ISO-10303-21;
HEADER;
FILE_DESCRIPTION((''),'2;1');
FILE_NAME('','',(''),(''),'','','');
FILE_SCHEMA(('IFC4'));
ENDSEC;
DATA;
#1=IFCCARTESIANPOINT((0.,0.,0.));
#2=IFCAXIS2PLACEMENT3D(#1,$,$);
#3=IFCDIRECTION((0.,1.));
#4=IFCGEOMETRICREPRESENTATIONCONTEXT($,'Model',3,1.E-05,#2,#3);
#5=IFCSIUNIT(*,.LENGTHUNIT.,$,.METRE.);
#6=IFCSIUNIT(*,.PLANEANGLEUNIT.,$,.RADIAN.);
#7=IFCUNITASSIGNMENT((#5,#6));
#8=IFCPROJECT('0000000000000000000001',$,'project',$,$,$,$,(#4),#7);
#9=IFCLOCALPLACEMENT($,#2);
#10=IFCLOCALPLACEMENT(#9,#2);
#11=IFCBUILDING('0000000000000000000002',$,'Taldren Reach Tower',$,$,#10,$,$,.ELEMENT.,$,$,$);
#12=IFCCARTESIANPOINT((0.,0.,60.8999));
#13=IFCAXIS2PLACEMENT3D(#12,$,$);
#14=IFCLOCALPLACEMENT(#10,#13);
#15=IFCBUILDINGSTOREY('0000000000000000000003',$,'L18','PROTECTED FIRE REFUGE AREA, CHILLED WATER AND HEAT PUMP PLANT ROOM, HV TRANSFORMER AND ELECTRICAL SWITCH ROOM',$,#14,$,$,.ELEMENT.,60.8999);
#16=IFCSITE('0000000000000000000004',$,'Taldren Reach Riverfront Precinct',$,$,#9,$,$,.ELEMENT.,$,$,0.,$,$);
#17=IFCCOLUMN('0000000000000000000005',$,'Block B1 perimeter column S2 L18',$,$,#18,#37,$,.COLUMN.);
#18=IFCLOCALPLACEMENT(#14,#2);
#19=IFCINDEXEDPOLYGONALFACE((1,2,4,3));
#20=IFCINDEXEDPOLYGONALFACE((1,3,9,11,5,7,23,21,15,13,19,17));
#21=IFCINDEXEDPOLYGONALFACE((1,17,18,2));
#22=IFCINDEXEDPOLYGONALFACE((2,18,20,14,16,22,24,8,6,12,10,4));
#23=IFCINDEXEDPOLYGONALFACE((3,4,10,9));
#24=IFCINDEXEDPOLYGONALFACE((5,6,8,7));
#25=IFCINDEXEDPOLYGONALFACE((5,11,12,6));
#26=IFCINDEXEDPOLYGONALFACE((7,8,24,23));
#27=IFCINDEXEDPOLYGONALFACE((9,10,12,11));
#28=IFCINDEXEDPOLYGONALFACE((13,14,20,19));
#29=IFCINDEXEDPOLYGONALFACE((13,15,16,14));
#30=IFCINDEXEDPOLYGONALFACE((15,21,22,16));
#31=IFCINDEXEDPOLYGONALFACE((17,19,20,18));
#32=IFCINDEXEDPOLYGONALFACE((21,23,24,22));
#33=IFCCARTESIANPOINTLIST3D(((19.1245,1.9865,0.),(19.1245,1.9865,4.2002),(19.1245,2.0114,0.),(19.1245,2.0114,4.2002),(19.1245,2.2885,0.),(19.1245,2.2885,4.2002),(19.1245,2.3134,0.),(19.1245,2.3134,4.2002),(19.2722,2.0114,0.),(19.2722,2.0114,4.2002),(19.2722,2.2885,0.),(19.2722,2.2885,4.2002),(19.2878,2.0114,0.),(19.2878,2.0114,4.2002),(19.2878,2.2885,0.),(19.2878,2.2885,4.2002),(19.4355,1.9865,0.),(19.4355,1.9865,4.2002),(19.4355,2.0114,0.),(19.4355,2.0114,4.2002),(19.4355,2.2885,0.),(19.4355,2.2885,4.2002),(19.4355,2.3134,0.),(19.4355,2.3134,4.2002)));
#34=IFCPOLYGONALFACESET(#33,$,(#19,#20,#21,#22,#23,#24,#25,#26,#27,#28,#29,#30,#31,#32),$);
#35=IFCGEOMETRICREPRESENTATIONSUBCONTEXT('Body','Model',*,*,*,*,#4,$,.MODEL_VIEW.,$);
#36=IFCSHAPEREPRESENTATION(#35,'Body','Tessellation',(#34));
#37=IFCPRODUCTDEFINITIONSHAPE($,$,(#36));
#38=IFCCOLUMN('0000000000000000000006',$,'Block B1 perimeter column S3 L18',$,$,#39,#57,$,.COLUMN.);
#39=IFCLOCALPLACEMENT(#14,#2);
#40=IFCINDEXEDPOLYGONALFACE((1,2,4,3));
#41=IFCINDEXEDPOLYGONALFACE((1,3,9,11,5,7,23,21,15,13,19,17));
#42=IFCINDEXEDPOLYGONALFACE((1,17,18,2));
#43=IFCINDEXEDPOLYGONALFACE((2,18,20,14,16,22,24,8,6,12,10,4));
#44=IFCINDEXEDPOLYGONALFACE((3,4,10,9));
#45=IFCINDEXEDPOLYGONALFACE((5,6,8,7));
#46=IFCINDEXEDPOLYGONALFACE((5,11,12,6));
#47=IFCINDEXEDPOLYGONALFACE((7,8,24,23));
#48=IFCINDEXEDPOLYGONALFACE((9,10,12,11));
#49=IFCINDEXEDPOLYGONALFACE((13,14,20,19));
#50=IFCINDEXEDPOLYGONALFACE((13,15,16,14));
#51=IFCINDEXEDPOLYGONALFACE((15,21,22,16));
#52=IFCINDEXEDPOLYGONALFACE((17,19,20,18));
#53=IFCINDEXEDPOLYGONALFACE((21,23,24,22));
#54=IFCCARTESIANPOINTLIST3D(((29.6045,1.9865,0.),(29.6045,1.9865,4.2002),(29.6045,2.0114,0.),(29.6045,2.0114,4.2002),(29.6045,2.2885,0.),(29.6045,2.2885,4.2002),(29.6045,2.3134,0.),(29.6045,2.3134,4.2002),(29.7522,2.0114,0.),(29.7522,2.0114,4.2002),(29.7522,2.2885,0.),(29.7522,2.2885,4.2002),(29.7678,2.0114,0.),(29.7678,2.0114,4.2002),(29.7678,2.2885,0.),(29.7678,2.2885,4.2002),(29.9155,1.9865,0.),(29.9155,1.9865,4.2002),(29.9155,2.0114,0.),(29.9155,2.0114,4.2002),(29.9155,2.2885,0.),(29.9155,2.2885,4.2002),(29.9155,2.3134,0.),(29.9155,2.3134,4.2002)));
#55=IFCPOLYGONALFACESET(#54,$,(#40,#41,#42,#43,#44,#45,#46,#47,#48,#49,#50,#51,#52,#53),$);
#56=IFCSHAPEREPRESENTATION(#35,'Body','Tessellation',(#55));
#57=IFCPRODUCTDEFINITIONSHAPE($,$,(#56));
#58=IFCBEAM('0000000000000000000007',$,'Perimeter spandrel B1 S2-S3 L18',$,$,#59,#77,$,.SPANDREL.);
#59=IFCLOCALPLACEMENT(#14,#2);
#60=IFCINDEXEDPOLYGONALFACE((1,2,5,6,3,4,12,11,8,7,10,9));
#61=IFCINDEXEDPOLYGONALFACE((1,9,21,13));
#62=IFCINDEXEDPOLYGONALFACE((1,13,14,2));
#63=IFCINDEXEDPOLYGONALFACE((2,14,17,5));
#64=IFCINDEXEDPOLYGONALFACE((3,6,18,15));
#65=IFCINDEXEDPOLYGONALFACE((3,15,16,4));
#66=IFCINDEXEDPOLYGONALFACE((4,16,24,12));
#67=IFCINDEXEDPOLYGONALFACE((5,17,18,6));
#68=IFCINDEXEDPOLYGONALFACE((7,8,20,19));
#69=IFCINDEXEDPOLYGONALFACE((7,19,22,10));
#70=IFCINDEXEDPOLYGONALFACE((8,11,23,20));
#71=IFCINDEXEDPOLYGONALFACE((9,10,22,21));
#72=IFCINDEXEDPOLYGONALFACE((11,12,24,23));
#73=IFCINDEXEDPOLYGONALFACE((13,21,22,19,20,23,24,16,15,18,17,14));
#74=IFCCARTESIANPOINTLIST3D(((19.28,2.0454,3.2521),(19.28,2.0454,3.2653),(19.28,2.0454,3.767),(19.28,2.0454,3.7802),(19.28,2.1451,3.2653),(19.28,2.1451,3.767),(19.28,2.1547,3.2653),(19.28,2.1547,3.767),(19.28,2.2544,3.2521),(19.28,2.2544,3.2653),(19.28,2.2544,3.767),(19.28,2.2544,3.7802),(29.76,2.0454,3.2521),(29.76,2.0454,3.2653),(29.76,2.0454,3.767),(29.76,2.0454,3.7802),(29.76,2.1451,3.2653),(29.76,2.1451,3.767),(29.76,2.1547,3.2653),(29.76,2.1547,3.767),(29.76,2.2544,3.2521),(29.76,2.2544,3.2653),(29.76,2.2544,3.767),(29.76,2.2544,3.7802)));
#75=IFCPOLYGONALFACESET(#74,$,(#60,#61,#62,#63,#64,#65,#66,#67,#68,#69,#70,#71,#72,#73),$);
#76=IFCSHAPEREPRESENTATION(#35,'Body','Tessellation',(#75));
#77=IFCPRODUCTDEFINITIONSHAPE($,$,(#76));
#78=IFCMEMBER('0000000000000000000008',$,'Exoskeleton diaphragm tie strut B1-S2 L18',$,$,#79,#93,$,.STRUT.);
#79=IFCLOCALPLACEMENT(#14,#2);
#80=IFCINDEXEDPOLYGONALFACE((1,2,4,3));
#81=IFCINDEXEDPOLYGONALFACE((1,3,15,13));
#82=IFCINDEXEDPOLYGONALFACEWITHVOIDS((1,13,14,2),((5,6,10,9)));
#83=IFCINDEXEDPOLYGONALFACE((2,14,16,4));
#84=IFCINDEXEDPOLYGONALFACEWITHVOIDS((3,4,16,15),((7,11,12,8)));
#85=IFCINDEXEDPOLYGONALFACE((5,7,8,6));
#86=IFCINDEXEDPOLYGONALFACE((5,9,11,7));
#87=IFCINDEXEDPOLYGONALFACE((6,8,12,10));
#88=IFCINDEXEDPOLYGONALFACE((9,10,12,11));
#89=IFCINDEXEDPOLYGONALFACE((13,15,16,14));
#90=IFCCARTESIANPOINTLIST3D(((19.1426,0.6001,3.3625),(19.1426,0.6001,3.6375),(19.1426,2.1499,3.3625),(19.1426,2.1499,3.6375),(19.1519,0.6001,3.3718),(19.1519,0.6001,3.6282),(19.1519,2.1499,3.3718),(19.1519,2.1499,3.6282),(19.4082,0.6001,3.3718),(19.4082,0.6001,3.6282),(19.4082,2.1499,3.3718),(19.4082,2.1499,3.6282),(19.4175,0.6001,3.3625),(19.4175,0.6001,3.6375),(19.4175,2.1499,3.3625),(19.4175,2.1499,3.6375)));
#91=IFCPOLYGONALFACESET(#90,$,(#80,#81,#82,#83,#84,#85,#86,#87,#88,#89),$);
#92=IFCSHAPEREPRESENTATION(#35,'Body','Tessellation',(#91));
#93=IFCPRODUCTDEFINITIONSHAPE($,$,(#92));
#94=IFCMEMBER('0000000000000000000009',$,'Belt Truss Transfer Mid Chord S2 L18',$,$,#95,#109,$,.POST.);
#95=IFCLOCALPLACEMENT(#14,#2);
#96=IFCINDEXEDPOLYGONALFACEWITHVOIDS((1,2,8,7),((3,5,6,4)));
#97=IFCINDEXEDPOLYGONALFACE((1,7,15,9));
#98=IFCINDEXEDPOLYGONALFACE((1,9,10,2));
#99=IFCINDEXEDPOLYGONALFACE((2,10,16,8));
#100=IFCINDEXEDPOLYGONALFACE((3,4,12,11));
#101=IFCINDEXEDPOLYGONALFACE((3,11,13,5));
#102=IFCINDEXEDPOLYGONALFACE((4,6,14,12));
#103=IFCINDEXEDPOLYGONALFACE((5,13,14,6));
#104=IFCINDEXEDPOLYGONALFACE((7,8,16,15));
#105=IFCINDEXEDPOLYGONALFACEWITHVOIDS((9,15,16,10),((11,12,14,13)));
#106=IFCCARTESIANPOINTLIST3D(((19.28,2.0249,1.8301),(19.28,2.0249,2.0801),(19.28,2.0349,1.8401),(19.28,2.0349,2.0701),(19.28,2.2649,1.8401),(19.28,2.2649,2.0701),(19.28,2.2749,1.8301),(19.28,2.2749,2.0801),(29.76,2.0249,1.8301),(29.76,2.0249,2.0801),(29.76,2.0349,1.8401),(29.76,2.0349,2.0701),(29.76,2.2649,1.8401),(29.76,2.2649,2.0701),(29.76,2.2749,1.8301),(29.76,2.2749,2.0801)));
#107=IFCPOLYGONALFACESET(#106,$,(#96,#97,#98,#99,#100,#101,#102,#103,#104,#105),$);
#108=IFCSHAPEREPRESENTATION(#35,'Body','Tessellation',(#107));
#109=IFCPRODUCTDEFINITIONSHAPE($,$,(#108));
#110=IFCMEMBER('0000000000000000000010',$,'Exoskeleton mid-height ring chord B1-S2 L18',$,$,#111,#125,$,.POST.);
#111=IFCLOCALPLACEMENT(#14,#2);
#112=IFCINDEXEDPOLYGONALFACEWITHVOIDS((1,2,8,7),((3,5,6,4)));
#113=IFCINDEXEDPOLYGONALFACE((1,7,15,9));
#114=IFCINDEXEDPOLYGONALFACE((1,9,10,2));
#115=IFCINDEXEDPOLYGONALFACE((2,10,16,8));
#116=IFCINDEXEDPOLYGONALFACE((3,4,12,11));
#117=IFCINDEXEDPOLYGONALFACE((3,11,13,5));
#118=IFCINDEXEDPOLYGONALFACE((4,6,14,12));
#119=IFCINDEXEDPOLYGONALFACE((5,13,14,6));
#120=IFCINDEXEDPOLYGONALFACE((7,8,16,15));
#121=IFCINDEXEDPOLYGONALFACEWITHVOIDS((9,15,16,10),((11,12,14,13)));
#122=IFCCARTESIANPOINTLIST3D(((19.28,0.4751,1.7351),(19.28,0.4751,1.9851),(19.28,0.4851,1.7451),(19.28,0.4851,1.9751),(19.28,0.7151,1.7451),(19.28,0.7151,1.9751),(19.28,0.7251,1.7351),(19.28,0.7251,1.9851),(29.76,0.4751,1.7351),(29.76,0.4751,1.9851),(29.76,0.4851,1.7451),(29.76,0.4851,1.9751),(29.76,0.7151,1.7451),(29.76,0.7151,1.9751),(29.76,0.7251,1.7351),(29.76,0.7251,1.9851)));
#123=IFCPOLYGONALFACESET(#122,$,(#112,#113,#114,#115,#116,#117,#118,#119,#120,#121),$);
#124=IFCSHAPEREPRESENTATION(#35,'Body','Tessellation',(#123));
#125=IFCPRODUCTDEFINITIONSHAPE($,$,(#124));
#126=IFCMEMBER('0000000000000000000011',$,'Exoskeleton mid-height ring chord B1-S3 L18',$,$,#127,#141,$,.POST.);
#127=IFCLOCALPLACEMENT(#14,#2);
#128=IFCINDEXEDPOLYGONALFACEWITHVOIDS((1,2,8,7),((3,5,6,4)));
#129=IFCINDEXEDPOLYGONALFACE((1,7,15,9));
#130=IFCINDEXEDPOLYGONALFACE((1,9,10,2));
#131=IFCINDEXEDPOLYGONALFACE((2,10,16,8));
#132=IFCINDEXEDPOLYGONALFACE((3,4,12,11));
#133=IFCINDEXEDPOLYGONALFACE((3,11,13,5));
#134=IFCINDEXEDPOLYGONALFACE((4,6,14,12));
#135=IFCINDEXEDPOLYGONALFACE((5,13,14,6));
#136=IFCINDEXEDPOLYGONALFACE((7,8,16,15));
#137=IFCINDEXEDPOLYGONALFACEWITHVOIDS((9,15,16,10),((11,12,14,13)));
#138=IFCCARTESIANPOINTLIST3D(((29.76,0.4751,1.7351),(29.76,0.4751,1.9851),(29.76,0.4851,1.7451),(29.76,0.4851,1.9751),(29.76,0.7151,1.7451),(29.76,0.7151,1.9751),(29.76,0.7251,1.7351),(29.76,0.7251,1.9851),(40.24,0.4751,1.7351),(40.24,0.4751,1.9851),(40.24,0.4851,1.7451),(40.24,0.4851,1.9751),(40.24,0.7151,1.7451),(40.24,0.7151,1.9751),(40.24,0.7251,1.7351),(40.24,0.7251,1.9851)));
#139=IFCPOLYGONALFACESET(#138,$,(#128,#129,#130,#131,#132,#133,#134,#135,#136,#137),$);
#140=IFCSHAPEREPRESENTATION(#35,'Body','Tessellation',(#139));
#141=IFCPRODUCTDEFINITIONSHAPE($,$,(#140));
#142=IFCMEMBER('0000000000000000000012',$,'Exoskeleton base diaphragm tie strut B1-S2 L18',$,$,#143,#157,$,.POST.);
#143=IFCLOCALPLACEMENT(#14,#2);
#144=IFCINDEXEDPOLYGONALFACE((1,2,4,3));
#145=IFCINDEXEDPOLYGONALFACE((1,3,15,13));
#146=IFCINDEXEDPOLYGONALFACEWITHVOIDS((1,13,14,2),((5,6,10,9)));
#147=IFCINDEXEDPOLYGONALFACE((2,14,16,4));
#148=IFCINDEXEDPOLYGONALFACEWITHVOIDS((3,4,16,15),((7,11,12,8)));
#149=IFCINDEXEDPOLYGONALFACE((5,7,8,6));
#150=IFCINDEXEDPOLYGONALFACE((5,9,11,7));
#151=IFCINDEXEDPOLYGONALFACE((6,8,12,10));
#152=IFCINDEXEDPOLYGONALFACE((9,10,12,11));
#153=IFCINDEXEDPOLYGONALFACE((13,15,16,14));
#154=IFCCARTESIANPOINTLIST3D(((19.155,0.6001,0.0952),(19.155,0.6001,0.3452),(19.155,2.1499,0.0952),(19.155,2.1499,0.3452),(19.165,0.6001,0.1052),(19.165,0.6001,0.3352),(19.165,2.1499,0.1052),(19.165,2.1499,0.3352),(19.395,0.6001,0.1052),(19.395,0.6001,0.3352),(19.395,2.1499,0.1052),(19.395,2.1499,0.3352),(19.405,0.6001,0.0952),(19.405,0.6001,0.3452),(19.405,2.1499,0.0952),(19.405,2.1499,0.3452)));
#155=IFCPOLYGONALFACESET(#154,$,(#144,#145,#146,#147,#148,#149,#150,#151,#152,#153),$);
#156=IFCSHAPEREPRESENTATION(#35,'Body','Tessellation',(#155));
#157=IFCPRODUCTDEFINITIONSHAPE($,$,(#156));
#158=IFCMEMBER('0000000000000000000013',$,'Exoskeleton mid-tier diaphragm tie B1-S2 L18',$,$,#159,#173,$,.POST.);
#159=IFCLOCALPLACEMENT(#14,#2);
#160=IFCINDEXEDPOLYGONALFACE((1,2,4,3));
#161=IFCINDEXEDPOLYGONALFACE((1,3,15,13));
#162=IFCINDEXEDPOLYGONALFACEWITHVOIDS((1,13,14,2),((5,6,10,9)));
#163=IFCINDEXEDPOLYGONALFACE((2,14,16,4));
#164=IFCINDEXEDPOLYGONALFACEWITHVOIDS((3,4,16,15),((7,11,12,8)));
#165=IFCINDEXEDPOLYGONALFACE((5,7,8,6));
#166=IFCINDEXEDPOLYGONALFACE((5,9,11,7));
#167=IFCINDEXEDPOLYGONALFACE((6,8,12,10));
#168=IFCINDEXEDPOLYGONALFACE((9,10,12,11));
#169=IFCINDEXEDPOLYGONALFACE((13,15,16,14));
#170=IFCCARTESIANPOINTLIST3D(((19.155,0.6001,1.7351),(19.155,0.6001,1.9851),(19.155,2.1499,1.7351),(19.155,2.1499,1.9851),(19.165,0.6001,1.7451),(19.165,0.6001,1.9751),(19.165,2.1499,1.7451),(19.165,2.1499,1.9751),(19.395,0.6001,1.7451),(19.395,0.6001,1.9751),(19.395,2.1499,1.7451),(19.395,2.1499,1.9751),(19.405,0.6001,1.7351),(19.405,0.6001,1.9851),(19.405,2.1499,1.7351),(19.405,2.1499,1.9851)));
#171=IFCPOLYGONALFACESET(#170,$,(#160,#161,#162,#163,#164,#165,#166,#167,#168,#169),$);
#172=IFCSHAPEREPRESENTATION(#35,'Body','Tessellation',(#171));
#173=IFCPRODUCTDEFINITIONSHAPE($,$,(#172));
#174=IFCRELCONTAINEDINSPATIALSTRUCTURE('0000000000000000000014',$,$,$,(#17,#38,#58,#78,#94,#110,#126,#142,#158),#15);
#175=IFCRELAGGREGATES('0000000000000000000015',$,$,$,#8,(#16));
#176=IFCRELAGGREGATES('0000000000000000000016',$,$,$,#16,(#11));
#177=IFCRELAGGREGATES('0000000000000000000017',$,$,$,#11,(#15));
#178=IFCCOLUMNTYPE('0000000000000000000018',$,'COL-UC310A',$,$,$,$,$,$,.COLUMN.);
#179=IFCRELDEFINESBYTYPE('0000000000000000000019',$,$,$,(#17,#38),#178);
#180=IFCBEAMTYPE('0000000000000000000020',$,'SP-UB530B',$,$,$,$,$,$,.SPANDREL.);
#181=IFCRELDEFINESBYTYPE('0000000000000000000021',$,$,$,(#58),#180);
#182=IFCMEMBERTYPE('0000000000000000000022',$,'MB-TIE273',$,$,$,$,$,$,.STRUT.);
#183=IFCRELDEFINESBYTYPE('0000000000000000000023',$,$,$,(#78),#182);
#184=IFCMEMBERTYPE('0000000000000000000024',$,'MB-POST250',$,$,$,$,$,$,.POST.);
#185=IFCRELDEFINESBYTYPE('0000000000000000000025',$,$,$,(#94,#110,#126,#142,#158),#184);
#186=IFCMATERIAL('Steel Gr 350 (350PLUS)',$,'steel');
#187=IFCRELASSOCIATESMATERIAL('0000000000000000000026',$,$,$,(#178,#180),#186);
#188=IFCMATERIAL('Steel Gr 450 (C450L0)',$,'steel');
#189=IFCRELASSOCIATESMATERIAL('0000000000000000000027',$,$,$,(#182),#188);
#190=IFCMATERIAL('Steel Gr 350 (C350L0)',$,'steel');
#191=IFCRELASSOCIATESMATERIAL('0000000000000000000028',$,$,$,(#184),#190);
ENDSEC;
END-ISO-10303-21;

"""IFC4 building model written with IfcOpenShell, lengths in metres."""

from ifc_helpers import new_model, si_unit, direction, frame, origin, origin_2d, place, context, subcontext, project, spatial, hollow_rectangle, i_section, extrude, source, transform, mapped, material, material_profile, profile_set, type_object, element, save


model = new_model("IFC4")

# Units and contexts
model_context = context("Model", 3, precision=1e-05, world=origin(), true_north=direction((0.0, 1.0)))
body_context = subcontext(model_context, "Body", "Model", "MODEL_VIEW")
ifc_project = project(units=[si_unit("LENGTHUNIT", "METRE"), si_unit("PLANEANGLEUNIT", "RADIAN")], contexts=[model_context])

# Site, building, storey
site_placement = place(None, origin())
site = spatial("IfcSite", under=ifc_project, at=site_placement, Name="Taldren Reach Riverfront Precinct", CompositionType="ELEMENT", RefElevation=0.0)
building_placement = place(site_placement, origin())
building = spatial("IfcBuilding", under=site, at=building_placement, Name="Taldren Reach Tower", CompositionType="ELEMENT")
storey_placement = place(building_placement, frame((0.0, 0.0, 60.8999)))
storey = spatial("IfcBuildingStorey", under=building, at=storey_placement, Name="L18", Description="PROTECTED FIRE REFUGE AREA, CHILLED WATER AND HEAT PUMP PLANT ROOM, HV TRANSFORMER AND ELECTRICAL SWITCH ROOM", CompositionType="ELEMENT", Elevation=60.8999)

# Columns
ifc_material_1 = material(Name="Steel Gr 350 (350PLUS)", Category="steel")
ifc_material_profile_1 = material_profile(ifc_material_1, i_section(OverallWidth=0.311, OverallDepth=0.3269, WebThickness=0.0156, FlangeThickness=0.0249, at=origin_2d()), Name="310UC158")
ifc_profile_set_1 = profile_set([ifc_material_profile_1], Name="Steel Gr 350 (350PLUS)")
column_type = type_object("IfcColumnType", Name="COL-UC310A", PredefinedType="COLUMN", material=ifc_profile_set_1)
shared_shape_1 = source(origin(), body_context, "Body", "SweptSolid", [
    extrude(i_section(OverallWidth=0.311, OverallDepth=0.3269, WebThickness=0.0156, FlangeThickness=0.0249, at=origin_2d()), origin(), (0.0, 0.0, 1.0), 4.2002),
])
for number, where, z_axis, x_axis, name in (
    (1, (19.28, 2.1499, 0.0), (0.0, 0.0, 1.0), (1.0, 0.0, 0.0), "Block B1 perimeter column S2 L18"),
    (2, (29.76, 2.1499, 0.0), (0.0, 0.0, 1.0), (1.0, 0.0, 0.0), "Block B1 perimeter column S3 L18"),
):
    element("IfcColumn", number, at=place(storey_placement, frame(where, z_axis=z_axis, x_axis=x_axis)), inside=storey, type_object=column_type, Name=name, PredefinedType="COLUMN", context=body_context, shape_type="MappedRepresentation", body=[
        mapped(shared_shape_1, transform((0.0, 0.0, 0.0), scale=1.0)),
    ])

# Beam
ifc_material_profile_2 = material_profile(ifc_material_1, i_section(OverallWidth=0.209, OverallDepth=0.5281, WebThickness=0.0095, FlangeThickness=0.0132, at=origin_2d()), Name="530UB82.0")
ifc_profile_set_2 = profile_set([ifc_material_profile_2], Name="Steel Gr 350 (350PLUS)")
beam_type_1 = type_object("IfcBeamType", Name="SP-UB530B", PredefinedType="SPANDREL", material=ifc_profile_set_2)
shared_shape_2 = source(origin(), body_context, "Body", "SweptSolid", [
    extrude(i_section(OverallWidth=0.209, OverallDepth=0.5281, WebThickness=0.0095, FlangeThickness=0.0132, at=origin_2d()), origin(), (0.0, 0.0, 1.0), 10.48),
])
beam_1_placement = place(storey_placement, frame((19.28, 2.1499, 3.5161), z_axis=(1.0, 0.0, 0.0), x_axis=(0.0, 1.0, 0.0)))
element("IfcBeam", 3, at=beam_1_placement, inside=storey, type_object=beam_type_1, Name="Perimeter spandrel B1 S2-S3 L18", PredefinedType="SPANDREL", context=body_context, shape_type="MappedRepresentation", body=[
    mapped(shared_shape_2, transform((0.0, 0.0, 0.0), scale=1.0)),
])

# Members
ifc_material_2 = material(Name="Steel Gr 450 (C450L0)", Category="steel")
ifc_material_profile_3 = material_profile(ifc_material_2, hollow_rectangle(XDim=0.2749, YDim=0.2749, WallThickness=0.0093, at=origin_2d()), Name="275x275x9.3SHS")
ifc_profile_set_3 = profile_set([ifc_material_profile_3], Name="Steel Gr 450 (C450L0)")
member_type_1 = type_object("IfcMemberType", Name="MB-TIE273", PredefinedType="STRUT", material=ifc_profile_set_3)
shared_shape_3 = source(origin(), body_context, "Body", "SweptSolid", [
    extrude(hollow_rectangle(XDim=0.2749, YDim=0.2749, WallThickness=0.0093, at=origin_2d()), origin(), (0.0, 0.0, 1.0), 1.5498),
])
member_1_placement = place(storey_placement, frame((19.28, 2.1499, 3.5), z_axis=(0.0, -1.0, 0.0), x_axis=(1.0, 0.0, 0.0)))
element("IfcMember", 4, at=member_1_placement, inside=storey, type_object=member_type_1, Name="Exoskeleton diaphragm tie strut B1-S2 L18", PredefinedType="STRUT", context=body_context, shape_type="MappedRepresentation", body=[
    mapped(shared_shape_3, transform((0.0, 0.0, 0.0), scale=1.0)),
])
ifc_material_3 = material(Name="Steel Gr 350 (C350L0)", Category="steel")
ifc_material_profile_4 = material_profile(ifc_material_3, hollow_rectangle(XDim=0.25, YDim=0.25, WallThickness=0.01, at=origin_2d()), Name="250x250x10.0SHS")
ifc_profile_set_4 = profile_set([ifc_material_profile_4], Name="Steel Gr 350 (C350L0)")
member_type_2 = type_object("IfcMemberType", Name="MB-POST250", PredefinedType="POST", material=ifc_profile_set_4)
shared_shape_4 = source(origin(), body_context, "Body", "SweptSolid", [
    extrude(hollow_rectangle(XDim=0.25, YDim=0.25, WallThickness=0.01, at=origin_2d()), origin(), (0.0, 0.0, 1.0), 10.48),
])
for number, where, z_axis, x_axis, name in (
    (5, (19.28, 2.1499, 1.9551), (1.0, 0.0, 0.0), (0.0, 1.0, 0.0), "Belt Truss Transfer Mid Chord S2 L18"),
    (6, (19.28, 0.6001, 1.8601), (1.0, 0.0, 0.0), (0.0, 1.0, 0.0), "Exoskeleton mid-height ring chord B1-S2 L18"),
    (7, (29.76, 0.6001, 1.8601), (1.0, 0.0, 0.0), (0.0, 1.0, 0.0), "Exoskeleton mid-height ring chord B1-S3 L18"),
):
    element("IfcMember", number, at=place(storey_placement, frame(where, z_axis=z_axis, x_axis=x_axis)), inside=storey, type_object=member_type_2, Name=name, PredefinedType="POST", context=body_context, shape_type="MappedRepresentation", body=[
        mapped(shared_shape_4, transform((0.0, 0.0, 0.0), scale=1.0)),
    ])
shared_shape_5 = source(origin(), body_context, "Body", "SweptSolid", [
    extrude(hollow_rectangle(XDim=0.25, YDim=0.25, WallThickness=0.01, at=origin_2d()), origin(), (0.0, 0.0, 1.0), 1.5498),
])
for number, where, z_axis, x_axis, name in (
    (8, (19.28, 2.1499, 0.2202), (0.0, -1.0, 0.0), (1.0, 0.0, 0.0), "Exoskeleton base diaphragm tie strut B1-S2 L18"),
    (9, (19.28, 2.1499, 1.8601), (0.0, -1.0, 0.0), (1.0, 0.0, 0.0), "Exoskeleton mid-tier diaphragm tie B1-S2 L18"),
):
    element("IfcMember", number, at=place(storey_placement, frame(where, z_axis=z_axis, x_axis=x_axis)), inside=storey, type_object=member_type_2, Name=name, PredefinedType="POST", context=body_context, shape_type="MappedRepresentation", body=[
        mapped(shared_shape_5, transform((0.0, 0.0, 0.0), scale=1.0)),
    ])

save(model, "model.ifc")
